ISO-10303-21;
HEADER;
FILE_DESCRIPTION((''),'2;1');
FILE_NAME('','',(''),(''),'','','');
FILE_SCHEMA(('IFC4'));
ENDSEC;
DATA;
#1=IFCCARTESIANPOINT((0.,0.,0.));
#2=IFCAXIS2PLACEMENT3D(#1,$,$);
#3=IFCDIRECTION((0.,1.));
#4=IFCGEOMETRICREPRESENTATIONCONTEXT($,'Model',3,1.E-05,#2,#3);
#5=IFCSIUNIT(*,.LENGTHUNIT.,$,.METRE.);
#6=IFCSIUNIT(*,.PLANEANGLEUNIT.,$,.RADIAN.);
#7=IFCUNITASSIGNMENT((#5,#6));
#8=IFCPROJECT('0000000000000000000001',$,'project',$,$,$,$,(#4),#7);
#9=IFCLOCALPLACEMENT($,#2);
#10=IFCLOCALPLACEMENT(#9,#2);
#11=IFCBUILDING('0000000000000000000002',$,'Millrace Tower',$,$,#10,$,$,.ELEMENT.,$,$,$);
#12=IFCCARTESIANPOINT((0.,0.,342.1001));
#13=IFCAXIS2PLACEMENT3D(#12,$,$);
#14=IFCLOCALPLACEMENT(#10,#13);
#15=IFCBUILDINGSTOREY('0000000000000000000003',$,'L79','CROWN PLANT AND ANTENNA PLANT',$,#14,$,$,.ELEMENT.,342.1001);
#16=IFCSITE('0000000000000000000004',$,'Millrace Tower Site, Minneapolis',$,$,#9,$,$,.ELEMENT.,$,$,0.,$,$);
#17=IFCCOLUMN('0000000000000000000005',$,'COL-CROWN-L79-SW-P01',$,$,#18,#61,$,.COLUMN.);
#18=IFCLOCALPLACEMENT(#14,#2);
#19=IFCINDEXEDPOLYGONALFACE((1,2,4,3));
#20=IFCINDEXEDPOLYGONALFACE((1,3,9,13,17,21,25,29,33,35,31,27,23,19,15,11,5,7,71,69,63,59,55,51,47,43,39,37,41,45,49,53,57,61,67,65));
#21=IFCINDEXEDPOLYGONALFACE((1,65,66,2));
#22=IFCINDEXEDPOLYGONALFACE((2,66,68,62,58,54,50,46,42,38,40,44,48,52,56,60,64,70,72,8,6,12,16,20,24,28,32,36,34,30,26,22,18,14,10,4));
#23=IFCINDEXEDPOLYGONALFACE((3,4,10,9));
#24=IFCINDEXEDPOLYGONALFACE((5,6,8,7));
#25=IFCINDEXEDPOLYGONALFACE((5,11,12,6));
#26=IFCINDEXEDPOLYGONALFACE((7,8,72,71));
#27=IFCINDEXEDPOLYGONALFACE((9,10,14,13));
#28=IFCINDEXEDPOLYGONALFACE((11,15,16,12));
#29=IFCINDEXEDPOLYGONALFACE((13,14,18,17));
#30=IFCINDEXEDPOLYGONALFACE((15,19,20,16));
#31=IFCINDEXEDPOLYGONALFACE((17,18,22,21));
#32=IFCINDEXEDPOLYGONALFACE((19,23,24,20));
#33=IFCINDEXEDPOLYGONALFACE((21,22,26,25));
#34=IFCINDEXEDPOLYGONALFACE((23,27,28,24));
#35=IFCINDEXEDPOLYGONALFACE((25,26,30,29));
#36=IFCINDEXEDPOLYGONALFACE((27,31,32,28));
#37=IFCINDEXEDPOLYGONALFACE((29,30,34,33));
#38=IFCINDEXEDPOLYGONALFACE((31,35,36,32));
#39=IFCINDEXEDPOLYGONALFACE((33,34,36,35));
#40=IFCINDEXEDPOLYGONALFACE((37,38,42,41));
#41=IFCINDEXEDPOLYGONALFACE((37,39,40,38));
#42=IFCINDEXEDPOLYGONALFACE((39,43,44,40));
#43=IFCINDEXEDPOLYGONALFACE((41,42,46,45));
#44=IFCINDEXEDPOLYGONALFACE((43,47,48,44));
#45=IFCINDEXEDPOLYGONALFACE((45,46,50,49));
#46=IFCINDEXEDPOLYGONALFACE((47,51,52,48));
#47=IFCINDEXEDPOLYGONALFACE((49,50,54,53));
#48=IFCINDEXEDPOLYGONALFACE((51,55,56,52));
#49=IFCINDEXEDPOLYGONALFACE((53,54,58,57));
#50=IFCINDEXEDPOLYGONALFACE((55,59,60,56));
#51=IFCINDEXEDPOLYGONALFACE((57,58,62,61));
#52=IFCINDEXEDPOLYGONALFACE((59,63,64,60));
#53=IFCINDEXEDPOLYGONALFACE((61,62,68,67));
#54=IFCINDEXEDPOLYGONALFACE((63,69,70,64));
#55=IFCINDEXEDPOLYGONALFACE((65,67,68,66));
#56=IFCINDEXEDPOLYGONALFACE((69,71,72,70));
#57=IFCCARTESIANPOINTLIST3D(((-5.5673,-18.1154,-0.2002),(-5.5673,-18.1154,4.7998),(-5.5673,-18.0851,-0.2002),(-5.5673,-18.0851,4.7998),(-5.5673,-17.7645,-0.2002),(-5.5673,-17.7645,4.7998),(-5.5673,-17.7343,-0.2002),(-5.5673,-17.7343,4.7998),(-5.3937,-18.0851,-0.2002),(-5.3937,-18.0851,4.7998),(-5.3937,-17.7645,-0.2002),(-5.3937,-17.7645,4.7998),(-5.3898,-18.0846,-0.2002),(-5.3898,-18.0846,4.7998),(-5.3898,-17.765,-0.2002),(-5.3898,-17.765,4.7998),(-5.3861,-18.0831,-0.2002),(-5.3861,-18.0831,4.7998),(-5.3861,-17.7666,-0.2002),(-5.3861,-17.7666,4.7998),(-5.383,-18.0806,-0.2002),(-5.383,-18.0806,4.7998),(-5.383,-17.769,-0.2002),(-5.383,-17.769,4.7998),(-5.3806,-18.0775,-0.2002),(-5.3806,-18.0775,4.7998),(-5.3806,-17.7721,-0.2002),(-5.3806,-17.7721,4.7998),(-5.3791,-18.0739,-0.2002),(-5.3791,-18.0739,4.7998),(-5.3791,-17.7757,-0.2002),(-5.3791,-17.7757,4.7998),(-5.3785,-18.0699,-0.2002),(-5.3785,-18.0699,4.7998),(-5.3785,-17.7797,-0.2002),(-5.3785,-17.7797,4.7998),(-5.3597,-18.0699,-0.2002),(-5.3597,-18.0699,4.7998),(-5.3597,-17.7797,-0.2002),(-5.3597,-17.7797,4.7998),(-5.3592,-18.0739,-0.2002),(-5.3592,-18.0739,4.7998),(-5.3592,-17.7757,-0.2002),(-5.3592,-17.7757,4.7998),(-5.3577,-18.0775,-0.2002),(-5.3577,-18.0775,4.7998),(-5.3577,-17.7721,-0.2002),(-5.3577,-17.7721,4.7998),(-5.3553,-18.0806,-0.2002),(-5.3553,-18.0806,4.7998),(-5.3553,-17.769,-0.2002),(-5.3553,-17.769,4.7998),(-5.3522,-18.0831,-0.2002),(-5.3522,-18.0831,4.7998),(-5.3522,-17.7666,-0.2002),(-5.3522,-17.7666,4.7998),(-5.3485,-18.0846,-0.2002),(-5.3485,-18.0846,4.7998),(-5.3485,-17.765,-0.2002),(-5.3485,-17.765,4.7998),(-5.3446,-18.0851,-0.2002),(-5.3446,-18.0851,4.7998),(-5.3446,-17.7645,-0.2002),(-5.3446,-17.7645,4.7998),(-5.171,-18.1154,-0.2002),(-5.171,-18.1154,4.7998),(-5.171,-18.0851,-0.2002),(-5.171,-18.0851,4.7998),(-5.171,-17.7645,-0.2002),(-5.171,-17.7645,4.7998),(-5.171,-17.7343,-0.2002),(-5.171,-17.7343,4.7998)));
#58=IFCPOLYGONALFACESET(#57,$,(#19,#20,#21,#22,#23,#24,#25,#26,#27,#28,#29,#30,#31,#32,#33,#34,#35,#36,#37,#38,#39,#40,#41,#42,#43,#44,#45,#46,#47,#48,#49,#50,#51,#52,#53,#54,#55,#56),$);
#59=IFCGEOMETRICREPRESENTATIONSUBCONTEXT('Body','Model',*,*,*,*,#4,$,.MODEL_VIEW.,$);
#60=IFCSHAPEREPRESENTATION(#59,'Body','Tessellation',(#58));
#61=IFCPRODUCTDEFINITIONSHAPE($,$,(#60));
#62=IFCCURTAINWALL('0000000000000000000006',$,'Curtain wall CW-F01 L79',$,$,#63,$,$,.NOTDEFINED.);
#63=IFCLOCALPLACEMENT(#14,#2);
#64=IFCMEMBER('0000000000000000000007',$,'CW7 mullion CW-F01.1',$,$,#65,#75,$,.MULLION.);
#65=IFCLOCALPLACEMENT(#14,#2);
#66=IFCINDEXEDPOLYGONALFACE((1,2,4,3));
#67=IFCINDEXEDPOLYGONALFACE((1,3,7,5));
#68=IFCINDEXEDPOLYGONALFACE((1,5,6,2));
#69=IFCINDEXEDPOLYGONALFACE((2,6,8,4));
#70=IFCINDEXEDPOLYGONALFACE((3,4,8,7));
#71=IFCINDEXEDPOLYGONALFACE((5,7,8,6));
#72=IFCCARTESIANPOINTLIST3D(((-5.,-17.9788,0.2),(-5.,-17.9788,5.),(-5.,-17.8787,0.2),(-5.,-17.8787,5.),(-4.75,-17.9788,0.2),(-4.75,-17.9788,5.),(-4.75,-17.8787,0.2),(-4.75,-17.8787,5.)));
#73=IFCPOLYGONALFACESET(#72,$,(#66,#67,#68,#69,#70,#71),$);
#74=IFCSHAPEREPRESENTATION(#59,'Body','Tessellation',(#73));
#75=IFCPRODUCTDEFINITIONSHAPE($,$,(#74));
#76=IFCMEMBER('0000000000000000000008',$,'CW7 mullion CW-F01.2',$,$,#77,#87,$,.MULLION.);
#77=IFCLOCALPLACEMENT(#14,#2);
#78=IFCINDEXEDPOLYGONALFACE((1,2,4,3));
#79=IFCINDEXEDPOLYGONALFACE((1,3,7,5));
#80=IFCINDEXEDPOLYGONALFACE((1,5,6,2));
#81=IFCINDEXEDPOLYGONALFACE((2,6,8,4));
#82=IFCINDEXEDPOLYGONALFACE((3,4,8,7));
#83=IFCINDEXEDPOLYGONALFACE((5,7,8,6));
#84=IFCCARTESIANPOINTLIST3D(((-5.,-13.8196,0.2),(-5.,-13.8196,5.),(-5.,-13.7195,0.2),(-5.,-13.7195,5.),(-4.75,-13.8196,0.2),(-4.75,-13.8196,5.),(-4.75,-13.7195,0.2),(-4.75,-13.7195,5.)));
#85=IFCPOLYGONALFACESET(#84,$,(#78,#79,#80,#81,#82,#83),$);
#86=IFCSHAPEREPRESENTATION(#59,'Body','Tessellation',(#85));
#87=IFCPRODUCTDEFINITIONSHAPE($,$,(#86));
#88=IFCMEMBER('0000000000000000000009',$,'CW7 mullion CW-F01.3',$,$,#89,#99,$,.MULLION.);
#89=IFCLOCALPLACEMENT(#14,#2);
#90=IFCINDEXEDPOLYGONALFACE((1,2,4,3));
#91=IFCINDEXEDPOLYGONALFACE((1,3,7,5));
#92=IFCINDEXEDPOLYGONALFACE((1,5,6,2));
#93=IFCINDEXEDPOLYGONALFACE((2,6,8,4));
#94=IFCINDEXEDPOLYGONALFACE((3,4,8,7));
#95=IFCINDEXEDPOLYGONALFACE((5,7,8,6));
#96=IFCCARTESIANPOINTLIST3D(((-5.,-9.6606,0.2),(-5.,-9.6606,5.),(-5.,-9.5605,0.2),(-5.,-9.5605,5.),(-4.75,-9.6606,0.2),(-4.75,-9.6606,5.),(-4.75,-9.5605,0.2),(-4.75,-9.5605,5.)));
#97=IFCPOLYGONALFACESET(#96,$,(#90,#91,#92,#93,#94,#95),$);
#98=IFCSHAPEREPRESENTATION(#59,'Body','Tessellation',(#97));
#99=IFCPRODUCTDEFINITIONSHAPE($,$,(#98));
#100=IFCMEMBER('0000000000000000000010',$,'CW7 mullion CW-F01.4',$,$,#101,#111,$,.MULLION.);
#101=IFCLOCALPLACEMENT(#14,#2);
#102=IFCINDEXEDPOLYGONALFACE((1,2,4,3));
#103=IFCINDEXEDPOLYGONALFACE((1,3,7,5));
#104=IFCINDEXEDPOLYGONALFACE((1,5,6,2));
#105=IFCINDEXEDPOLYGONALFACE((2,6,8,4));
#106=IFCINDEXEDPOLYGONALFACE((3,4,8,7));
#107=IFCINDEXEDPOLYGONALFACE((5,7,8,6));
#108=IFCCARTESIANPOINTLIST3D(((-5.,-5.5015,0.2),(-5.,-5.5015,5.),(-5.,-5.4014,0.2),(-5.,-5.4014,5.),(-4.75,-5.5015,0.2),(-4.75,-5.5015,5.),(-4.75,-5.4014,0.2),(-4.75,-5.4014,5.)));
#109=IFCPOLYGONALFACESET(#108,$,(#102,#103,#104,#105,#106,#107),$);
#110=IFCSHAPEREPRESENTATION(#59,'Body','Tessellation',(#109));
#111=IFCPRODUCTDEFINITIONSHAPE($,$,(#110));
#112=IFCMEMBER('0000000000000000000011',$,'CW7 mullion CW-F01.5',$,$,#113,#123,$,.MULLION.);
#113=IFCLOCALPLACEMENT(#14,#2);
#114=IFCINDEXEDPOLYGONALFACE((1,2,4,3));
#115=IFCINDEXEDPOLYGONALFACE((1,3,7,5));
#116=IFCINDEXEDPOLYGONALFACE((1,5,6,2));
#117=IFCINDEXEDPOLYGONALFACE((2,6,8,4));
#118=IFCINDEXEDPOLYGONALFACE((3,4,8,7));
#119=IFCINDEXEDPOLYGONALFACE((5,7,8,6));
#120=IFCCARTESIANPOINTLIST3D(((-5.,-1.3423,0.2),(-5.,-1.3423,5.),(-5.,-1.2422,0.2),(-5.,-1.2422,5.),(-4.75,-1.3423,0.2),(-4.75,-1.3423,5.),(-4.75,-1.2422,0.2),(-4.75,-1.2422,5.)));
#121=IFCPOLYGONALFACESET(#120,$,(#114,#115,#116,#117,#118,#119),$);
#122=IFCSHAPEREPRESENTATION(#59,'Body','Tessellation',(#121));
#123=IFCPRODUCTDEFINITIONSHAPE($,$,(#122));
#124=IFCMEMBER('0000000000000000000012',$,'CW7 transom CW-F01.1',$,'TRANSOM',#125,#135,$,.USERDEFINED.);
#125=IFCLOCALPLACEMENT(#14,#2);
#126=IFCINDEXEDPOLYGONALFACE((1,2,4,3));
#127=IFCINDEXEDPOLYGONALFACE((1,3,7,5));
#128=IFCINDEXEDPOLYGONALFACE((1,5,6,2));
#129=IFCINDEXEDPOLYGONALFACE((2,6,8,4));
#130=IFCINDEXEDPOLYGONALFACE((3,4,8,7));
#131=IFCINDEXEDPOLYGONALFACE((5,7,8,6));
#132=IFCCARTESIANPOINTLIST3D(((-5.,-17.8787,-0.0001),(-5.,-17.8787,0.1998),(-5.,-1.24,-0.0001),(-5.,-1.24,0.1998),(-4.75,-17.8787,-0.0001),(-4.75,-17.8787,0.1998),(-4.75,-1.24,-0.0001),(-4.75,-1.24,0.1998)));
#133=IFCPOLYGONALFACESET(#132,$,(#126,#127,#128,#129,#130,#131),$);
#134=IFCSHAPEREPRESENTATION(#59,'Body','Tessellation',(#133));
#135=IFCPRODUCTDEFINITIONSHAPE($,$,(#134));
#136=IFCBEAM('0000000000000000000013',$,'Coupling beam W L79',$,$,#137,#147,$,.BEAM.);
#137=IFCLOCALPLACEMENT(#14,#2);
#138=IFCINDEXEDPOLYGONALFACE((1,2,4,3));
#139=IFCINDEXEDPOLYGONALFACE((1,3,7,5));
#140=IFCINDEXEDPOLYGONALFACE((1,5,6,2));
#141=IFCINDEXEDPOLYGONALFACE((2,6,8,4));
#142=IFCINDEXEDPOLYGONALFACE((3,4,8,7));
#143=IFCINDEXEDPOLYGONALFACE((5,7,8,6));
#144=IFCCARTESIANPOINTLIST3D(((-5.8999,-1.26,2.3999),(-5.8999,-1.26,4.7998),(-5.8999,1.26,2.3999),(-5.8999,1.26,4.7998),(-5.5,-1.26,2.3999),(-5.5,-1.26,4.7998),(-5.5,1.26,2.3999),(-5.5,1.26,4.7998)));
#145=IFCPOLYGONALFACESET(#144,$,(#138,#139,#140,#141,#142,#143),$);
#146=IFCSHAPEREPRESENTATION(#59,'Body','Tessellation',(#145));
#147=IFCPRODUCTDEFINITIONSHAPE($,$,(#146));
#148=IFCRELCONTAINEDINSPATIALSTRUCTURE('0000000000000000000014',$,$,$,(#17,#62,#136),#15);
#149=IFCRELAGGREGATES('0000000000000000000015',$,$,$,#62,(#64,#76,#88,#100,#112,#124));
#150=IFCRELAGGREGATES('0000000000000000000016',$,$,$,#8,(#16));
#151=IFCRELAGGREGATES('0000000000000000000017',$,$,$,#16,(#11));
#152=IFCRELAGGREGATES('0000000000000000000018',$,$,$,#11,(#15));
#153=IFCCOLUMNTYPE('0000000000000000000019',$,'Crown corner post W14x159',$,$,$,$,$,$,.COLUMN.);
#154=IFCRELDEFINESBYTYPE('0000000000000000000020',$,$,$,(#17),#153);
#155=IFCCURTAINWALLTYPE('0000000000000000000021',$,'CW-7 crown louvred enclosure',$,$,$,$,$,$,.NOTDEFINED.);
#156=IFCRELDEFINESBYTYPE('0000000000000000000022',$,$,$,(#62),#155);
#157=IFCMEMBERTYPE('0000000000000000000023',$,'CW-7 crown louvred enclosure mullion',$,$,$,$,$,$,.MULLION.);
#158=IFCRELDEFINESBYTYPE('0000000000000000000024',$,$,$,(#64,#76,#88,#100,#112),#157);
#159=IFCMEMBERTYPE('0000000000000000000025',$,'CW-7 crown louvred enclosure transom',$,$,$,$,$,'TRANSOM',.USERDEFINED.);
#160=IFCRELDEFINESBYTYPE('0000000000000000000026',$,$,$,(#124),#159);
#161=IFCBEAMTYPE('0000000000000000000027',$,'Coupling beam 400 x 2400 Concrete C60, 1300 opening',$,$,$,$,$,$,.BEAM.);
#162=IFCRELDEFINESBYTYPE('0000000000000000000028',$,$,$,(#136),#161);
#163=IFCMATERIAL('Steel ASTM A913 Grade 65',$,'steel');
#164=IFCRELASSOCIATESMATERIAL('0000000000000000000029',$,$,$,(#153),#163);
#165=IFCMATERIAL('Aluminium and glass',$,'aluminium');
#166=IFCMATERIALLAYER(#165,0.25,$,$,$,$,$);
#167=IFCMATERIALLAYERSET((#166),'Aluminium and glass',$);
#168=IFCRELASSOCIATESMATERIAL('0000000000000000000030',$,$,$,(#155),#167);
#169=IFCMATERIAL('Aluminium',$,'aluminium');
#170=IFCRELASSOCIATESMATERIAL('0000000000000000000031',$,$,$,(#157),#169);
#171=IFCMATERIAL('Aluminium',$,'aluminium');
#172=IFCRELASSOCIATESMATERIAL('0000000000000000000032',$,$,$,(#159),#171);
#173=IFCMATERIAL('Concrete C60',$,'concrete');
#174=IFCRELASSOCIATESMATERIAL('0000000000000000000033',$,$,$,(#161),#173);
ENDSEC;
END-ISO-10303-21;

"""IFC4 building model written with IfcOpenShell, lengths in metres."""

from ifc_helpers import new_model, si_unit, direction, frame, origin, origin_2d, place, context, subcontext, project, spatial, rectangle, i_section, extrude, material, layer, layer_set, material_profile, profile_set, type_object, element, aggregate, save


model = new_model("IFC4")

# Units and contexts
model_context = context("Model", 3, precision=1e-05, world=origin(), true_north=direction((0.0, 1.0)))
body_context = subcontext(model_context, "Body", "Model", "MODEL_VIEW")
ifc_project = project(units=[si_unit("LENGTHUNIT", "METRE"), si_unit("PLANEANGLEUNIT", "RADIAN")], contexts=[model_context])

# Site, building, storey
site_placement = place(None, origin())
site = spatial("IfcSite", under=ifc_project, at=site_placement, Name="Millrace Tower Site, Minneapolis", CompositionType="ELEMENT", RefElevation=0.0)
building_placement = place(site_placement, origin())
building = spatial("IfcBuilding", under=site, at=building_placement, Name="Millrace Tower", CompositionType="ELEMENT")
storey_placement = place(building_placement, frame((0.0, 0.0, 342.1001)))
storey = spatial("IfcBuildingStorey", under=building, at=storey_placement, Name="L79", Description="CROWN PLANT AND ANTENNA PLANT", CompositionType="ELEMENT", Elevation=342.1001)

# Column
ifc_material_1 = material(Name="Steel ASTM A913 Grade 65", Category="steel")
ifc_material_profile_1 = material_profile(ifc_material_1, i_section(OverallWidth=0.3962, OverallDepth=0.3811, WebThickness=0.0188, FlangeThickness=0.0303, FilletRadius=0.0151, at=origin_2d()))
ifc_profile_set_1 = profile_set([ifc_material_profile_1], Name="Steel ASTM A913 Grade 65")
column_type = type_object("IfcColumnType", Name="Crown corner post W14x159", PredefinedType="COLUMN", material=ifc_profile_set_1)
column_placement = place(storey_placement, frame((-5.3691, -17.9248, -0.2002), z_axis=(0.0, 0.0, 1.0), x_axis=(1.0, 0.0, 0.0)))
element("IfcColumn", 1, at=column_placement, inside=storey, type_object=column_type, Name="COL-CROWN-L79-SW-P01", PredefinedType="COLUMN", context=body_context, shape_type="SweptSolid", body=[
    extrude(i_section(OverallWidth=0.3962, OverallDepth=0.3811, WebThickness=0.0188, FlangeThickness=0.0303, FilletRadius=0.0151, at=origin_2d()), origin(), (0.0, 0.0, 1.0), 5.0),
])

# Curtain wall, members
ifc_material_2 = material(Name="Aluminium and glass", Category="aluminium")
ifc_layer_1 = layer(ifc_material_2, 0.25)
ifc_layer_set_1 = layer_set([ifc_layer_1], Name="Aluminium and glass")
curtain_wall_type = type_object("IfcCurtainWallType", Name="CW-7 crown louvred enclosure", PredefinedType="NOTDEFINED", material=ifc_layer_set_1)
curtain_wall_placement = place(storey_placement, origin())
curtain_wall = element("IfcCurtainWall", 2, at=curtain_wall_placement, inside=storey, type_object=curtain_wall_type, Name="Curtain wall CW-F01 L79", PredefinedType="NOTDEFINED")
ifc_material_3 = material(Name="Aluminium", Category="aluminium")
ifc_material_profile_2 = material_profile(ifc_material_3, rectangle(XDim=0.1001, YDim=0.25, at=origin_2d()))
ifc_profile_set_2 = profile_set([ifc_material_profile_2], Name="Aluminium")
member_type_1 = type_object("IfcMemberType", Name="CW-7 crown louvred enclosure mullion", PredefinedType="MULLION", material=ifc_profile_set_2)
member_1_placement = place(storey_placement, frame((-4.875, -17.9287, 0.2), z_axis=(0.0, 0.0, 1.0), x_axis=(0.0, 1.0, 0.0)))
member_1 = element("IfcMember", 3, at=member_1_placement, type_object=member_type_1, Name="CW7 mullion CW-F01.1", PredefinedType="MULLION", context=body_context, shape_type="SweptSolid", body=[
    extrude(rectangle(XDim=0.1001, YDim=0.25, at=origin_2d()), origin(), (0.0, 0.0, 1.0), 4.8),
])
member_2_placement = place(storey_placement, frame((-4.875, -13.7695, 0.2), z_axis=(0.0, 0.0, 1.0), x_axis=(0.0, 1.0, 0.0)))
member_2 = element("IfcMember", 4, at=member_2_placement, type_object=member_type_1, Name="CW7 mullion CW-F01.2", PredefinedType="MULLION", context=body_context, shape_type="SweptSolid", body=[
    extrude(rectangle(XDim=0.1001, YDim=0.25, at=origin_2d()), origin(), (0.0, 0.0, 1.0), 4.8),
])
member_3_placement = place(storey_placement, frame((-4.875, -9.6106, 0.2), z_axis=(0.0, 0.0, 1.0), x_axis=(0.0, 1.0, 0.0)))
member_3 = element("IfcMember", 5, at=member_3_placement, type_object=member_type_1, Name="CW7 mullion CW-F01.3", PredefinedType="MULLION", context=body_context, shape_type="SweptSolid", body=[
    extrude(rectangle(XDim=0.1001, YDim=0.25, at=origin_2d()), origin(), (0.0, 0.0, 1.0), 4.8),
])
member_4_placement = place(storey_placement, frame((-4.875, -5.4514, 0.2), z_axis=(0.0, 0.0, 1.0), x_axis=(0.0, 1.0, 0.0)))
member_4 = element("IfcMember", 6, at=member_4_placement, type_object=member_type_1, Name="CW7 mullion CW-F01.4", PredefinedType="MULLION", context=body_context, shape_type="SweptSolid", body=[
    extrude(rectangle(XDim=0.1001, YDim=0.25, at=origin_2d()), origin(), (0.0, 0.0, 1.0), 4.8),
])
member_5_placement = place(storey_placement, frame((-4.875, -1.2922, 0.2), z_axis=(0.0, 0.0, 1.0), x_axis=(0.0, 1.0, 0.0)))
member_5 = element("IfcMember", 7, at=member_5_placement, type_object=member_type_1, Name="CW7 mullion CW-F01.5", PredefinedType="MULLION", context=body_context, shape_type="SweptSolid", body=[
    extrude(rectangle(XDim=0.1001, YDim=0.25, at=origin_2d()), origin(), (0.0, 0.0, 1.0), 4.8),
])
ifc_material_4 = material(Name="Aluminium", Category="aluminium")
ifc_material_profile_3 = material_profile(ifc_material_4, rectangle(XDim=0.25, YDim=0.2, at=origin_2d()))
ifc_profile_set_3 = profile_set([ifc_material_profile_3], Name="Aluminium")
member_type_2 = type_object("IfcMemberType", Name="CW-7 crown louvred enclosure transom", ElementType="TRANSOM", PredefinedType="USERDEFINED", material=ifc_profile_set_3)
member_6_placement = place(storey_placement, frame((-4.875, -17.8787, 0.0999), z_axis=(0.0, 1.0, 0.0), x_axis=(-1.0, 0.0, 0.0)))
member_6 = element("IfcMember", 8, at=member_6_placement, type_object=member_type_2, Name="CW7 transom CW-F01.1", ObjectType="TRANSOM", PredefinedType="USERDEFINED", context=body_context, shape_type="SweptSolid", body=[
    extrude(rectangle(XDim=0.25, YDim=0.2, at=origin_2d()), origin(), (0.0, 0.0, 1.0), 16.6387),
])
aggregate(curtain_wall, [member_1, member_2, member_3, member_4, member_5, member_6])

# Beam
ifc_material_5 = material(Name="Concrete C60", Category="concrete")
ifc_material_profile_4 = material_profile(ifc_material_5, rectangle(XDim=0.3999, YDim=2.3999, at=origin_2d()))
ifc_profile_set_4 = profile_set([ifc_material_profile_4], Name="Concrete C60")
beam_type_1 = type_object("IfcBeamType", Name="Coupling beam 400 x 2400 Concrete C60, 1300 opening", PredefinedType="BEAM", material=ifc_profile_set_4)
beam_1_placement = place(storey_placement, frame((-5.7, -1.26, 3.5999), z_axis=(0.0, 1.0, 0.0), x_axis=(-1.0, 0.0, 0.0)))
element("IfcBeam", 9, at=beam_1_placement, inside=storey, type_object=beam_type_1, Name="Coupling beam W L79", PredefinedType="BEAM", context=body_context, shape_type="SweptSolid", body=[
    extrude(rectangle(XDim=0.3999, YDim=2.3999, at=origin_2d()), origin(), (0.0, 0.0, 1.0), 2.52),
])

save(model, "model.ifc")
